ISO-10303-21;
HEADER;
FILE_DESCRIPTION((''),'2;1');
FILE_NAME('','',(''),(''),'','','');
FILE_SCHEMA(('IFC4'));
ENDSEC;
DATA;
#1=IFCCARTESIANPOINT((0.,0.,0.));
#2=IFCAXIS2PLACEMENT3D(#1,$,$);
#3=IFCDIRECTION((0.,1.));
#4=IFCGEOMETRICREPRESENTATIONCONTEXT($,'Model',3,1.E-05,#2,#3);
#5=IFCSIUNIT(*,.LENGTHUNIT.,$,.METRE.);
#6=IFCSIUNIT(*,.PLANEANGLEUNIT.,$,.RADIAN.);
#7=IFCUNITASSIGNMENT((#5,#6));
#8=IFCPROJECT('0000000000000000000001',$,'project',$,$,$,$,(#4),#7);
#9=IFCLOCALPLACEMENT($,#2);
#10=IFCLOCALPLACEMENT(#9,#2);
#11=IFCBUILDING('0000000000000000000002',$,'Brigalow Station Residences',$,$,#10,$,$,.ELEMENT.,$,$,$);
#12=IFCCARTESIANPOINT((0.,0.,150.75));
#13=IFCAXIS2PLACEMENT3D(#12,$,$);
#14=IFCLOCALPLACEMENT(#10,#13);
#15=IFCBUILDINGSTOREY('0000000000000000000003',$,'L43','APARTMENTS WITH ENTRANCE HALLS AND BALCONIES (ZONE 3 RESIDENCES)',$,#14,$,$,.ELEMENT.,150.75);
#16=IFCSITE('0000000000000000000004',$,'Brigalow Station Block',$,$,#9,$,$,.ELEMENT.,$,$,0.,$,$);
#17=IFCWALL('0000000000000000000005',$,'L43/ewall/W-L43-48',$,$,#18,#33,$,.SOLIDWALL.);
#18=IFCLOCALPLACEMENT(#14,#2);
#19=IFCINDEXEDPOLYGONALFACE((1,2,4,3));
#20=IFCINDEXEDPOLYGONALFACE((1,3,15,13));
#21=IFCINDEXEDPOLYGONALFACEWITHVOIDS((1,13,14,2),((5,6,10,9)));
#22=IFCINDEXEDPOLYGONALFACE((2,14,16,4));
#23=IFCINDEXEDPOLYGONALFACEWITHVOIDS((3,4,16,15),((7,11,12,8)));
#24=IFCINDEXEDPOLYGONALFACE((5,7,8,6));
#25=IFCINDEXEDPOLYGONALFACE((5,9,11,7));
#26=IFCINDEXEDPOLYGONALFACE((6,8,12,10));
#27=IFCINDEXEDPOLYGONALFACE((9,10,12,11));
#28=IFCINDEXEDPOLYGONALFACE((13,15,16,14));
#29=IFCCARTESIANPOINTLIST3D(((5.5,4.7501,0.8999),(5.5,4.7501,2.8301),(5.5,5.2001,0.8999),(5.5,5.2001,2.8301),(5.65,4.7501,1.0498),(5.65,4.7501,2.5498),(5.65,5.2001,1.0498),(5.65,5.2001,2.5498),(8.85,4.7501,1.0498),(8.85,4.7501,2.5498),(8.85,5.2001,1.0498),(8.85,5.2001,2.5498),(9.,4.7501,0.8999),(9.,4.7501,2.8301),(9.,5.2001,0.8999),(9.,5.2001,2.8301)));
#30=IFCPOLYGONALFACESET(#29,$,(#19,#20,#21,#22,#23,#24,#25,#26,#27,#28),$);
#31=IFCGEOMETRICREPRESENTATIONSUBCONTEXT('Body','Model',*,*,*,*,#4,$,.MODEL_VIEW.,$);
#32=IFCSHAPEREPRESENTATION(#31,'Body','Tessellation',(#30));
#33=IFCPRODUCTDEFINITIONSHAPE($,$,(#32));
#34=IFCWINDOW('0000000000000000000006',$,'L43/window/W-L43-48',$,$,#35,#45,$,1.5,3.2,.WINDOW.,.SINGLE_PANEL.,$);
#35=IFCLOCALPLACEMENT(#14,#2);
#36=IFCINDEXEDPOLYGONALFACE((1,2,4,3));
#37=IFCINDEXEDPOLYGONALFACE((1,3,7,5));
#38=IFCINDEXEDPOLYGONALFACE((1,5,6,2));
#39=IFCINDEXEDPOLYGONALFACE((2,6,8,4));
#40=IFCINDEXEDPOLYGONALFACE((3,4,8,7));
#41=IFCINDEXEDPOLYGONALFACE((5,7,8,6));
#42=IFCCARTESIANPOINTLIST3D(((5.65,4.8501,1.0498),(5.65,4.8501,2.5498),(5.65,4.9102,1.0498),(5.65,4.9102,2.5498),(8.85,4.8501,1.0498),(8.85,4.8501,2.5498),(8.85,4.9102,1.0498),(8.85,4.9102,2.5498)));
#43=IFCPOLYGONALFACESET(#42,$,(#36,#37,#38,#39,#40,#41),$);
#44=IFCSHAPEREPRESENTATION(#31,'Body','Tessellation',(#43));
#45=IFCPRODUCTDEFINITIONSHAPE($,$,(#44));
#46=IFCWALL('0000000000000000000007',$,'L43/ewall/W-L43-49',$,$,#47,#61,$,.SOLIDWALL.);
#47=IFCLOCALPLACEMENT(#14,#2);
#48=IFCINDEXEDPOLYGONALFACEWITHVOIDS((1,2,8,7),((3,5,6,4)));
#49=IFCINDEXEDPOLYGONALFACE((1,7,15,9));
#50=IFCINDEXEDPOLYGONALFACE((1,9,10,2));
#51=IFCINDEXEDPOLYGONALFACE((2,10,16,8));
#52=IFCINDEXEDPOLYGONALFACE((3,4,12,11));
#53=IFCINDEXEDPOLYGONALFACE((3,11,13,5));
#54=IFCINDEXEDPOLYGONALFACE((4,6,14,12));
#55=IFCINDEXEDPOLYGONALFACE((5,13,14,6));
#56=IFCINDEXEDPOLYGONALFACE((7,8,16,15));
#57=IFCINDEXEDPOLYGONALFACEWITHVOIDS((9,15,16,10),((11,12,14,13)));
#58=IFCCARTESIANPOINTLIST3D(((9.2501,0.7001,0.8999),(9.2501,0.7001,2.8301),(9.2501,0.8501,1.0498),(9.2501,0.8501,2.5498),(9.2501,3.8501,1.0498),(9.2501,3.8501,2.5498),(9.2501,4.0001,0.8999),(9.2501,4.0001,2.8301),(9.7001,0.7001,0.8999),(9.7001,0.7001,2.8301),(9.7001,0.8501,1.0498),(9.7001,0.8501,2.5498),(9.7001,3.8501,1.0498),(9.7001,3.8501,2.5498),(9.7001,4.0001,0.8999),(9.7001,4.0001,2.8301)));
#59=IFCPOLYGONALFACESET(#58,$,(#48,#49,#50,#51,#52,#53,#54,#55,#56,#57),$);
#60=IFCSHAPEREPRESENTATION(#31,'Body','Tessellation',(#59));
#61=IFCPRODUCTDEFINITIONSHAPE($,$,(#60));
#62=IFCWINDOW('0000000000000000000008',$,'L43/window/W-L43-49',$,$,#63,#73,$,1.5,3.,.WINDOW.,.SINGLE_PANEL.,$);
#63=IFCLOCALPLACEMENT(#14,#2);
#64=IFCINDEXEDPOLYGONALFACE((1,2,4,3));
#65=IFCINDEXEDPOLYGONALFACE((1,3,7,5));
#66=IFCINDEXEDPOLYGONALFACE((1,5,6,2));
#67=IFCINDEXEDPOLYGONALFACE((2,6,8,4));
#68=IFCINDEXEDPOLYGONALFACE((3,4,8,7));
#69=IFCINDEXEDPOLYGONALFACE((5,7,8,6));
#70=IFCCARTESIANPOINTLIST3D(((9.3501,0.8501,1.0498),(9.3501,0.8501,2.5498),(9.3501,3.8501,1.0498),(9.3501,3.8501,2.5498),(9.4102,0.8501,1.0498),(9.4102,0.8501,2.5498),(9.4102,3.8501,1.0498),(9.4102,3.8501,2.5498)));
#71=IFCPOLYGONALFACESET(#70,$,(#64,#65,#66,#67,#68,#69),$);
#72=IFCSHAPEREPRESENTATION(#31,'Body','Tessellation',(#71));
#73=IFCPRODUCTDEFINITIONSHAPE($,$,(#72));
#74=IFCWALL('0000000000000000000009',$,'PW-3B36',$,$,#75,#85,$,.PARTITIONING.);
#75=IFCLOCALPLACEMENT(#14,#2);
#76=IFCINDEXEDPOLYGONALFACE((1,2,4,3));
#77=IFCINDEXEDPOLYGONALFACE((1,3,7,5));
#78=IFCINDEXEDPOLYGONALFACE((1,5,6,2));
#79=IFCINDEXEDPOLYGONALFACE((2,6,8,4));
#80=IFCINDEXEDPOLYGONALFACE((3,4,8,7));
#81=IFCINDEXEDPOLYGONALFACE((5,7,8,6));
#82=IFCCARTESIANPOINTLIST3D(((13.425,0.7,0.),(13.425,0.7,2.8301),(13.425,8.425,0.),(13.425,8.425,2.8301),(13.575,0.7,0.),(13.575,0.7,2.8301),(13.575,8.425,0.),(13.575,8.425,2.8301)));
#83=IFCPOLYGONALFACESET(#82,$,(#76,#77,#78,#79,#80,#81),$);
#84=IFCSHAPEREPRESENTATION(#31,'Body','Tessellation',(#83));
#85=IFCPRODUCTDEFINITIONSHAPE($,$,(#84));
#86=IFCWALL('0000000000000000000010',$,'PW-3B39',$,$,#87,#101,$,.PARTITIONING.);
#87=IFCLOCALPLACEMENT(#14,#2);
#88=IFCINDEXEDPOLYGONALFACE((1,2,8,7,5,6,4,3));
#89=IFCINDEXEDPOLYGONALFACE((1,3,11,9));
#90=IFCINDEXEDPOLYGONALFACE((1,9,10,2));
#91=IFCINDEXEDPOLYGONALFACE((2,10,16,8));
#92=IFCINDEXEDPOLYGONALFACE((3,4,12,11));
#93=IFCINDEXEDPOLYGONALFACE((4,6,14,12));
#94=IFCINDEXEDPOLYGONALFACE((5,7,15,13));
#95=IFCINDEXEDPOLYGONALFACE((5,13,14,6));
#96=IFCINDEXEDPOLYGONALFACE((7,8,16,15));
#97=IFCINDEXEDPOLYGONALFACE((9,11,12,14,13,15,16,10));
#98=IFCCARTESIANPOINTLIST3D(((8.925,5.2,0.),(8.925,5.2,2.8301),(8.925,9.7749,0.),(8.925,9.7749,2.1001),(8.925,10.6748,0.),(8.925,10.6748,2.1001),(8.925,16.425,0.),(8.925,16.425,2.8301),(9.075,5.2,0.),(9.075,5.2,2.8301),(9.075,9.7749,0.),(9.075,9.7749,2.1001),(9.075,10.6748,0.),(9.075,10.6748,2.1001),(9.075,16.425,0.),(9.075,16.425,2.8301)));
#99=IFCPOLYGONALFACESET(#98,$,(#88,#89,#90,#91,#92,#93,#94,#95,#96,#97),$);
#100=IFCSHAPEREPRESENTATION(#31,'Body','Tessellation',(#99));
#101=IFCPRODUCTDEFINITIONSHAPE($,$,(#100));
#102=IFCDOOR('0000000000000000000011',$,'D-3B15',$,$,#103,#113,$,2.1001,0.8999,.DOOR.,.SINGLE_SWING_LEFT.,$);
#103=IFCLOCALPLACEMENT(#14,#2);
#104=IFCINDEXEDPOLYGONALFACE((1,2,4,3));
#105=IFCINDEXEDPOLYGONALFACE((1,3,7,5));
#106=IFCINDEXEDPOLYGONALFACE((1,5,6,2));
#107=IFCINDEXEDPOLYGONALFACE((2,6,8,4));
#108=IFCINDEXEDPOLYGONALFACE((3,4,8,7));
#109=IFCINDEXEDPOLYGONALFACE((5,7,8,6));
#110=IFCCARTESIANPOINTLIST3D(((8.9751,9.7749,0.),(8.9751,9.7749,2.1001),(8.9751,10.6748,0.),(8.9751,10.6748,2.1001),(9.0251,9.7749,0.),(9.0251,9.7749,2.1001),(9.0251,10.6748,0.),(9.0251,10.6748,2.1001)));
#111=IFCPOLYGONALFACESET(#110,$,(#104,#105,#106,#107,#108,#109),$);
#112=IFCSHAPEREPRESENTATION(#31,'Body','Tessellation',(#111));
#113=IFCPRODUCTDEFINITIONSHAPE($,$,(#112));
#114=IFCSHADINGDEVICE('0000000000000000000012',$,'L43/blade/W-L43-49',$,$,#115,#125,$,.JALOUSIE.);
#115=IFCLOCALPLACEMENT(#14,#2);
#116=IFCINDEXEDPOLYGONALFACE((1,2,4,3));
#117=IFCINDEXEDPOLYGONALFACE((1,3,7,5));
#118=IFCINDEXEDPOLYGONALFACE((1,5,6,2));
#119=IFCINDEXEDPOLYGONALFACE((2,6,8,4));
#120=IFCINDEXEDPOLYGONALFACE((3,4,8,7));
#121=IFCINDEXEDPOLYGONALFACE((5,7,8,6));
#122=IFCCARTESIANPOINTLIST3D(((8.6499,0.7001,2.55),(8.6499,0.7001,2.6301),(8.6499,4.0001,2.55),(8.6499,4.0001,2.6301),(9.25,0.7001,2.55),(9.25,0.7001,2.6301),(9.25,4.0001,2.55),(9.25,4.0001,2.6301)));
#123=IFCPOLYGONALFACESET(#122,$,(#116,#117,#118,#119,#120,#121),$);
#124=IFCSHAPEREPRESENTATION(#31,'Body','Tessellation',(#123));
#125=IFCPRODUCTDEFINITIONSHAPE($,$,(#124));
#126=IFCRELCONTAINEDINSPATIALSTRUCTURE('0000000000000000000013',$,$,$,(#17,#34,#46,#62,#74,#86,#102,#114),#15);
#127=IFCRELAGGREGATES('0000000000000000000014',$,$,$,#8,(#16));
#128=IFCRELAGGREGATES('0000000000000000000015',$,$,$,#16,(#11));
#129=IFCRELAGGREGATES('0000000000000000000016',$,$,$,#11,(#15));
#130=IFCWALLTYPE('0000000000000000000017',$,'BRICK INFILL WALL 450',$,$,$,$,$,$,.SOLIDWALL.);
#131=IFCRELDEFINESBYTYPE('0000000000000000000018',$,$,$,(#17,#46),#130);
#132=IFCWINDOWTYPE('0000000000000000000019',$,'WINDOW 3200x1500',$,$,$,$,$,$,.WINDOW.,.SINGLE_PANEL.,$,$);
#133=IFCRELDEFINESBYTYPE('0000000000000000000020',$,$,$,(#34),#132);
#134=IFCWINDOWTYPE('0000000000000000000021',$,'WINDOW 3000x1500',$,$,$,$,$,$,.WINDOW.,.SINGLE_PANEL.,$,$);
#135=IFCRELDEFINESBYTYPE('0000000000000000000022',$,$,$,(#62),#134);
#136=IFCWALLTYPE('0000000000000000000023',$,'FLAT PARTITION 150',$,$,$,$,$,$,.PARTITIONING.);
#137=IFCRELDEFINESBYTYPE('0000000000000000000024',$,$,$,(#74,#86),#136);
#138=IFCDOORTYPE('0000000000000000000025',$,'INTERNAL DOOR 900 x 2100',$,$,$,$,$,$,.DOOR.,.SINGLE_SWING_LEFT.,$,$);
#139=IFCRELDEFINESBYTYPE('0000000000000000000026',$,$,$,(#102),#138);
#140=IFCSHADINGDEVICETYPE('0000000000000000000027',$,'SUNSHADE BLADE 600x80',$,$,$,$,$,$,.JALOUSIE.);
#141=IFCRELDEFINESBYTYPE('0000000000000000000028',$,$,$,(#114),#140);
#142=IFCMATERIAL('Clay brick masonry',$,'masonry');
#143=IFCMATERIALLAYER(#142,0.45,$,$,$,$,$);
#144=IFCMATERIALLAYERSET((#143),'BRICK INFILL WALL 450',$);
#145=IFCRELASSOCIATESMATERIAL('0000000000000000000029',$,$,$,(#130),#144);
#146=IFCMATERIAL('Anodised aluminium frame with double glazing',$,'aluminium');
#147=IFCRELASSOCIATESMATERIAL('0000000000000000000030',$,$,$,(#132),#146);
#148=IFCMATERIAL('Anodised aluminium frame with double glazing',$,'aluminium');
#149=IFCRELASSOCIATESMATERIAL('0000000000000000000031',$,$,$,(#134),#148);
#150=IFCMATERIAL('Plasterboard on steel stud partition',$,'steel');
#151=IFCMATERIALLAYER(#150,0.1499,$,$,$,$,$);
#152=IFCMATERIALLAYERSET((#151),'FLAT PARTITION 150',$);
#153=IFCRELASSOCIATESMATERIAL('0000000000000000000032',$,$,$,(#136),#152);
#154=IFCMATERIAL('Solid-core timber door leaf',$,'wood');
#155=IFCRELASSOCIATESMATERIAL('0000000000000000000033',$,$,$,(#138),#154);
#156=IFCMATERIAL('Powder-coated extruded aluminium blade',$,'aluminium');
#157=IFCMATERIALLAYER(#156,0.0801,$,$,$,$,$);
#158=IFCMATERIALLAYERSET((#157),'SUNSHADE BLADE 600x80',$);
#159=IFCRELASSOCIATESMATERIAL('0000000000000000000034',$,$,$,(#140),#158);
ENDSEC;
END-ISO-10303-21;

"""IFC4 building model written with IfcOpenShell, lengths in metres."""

from ifc_helpers import new_model, si_unit, direction, frame, frame_2d, origin, origin_2d, place, context, subcontext, project, spatial, rectangle, extrude, material, layer, layer_set, type_object, element, fill, save


model = new_model("IFC4")

# Units and contexts
model_context = context("Model", 3, precision=1e-05, world=origin(), true_north=direction((0.0, 1.0)))
body_context = subcontext(model_context, "Body", "Model", "MODEL_VIEW")
ifc_project = project(units=[si_unit("LENGTHUNIT", "METRE"), si_unit("PLANEANGLEUNIT", "RADIAN")], contexts=[model_context])

# Site, building, storey
site_placement = place(None, origin())
site = spatial("IfcSite", under=ifc_project, at=site_placement, Name="Brigalow Station Block", CompositionType="ELEMENT", RefElevation=0.0)
building_placement = place(site_placement, origin())
building = spatial("IfcBuilding", under=site, at=building_placement, Name="Brigalow Station Residences", CompositionType="ELEMENT")
storey_placement = place(building_placement, frame((0.0, 0.0, 150.75)))
storey = spatial("IfcBuildingStorey", under=building, at=storey_placement, Name="L43", Description="APARTMENTS WITH ENTRANCE HALLS AND BALCONIES (ZONE 3 RESIDENCES)", CompositionType="ELEMENT", Elevation=150.75)

# Walls, openings, windows
ifc_material_1 = material(Name="Clay brick masonry", Category="masonry")
ifc_layer_1 = layer(ifc_material_1, 0.45)
ifc_layer_set_1 = layer_set([ifc_layer_1], Name="BRICK INFILL WALL 450")
wall_type_1 = type_object("IfcWallType", Name="BRICK INFILL WALL 450", PredefinedType="SOLIDWALL", material=ifc_layer_set_1)
wall_1_placement = place(storey_placement, frame((5.5, 4.9751, 0.8999), z_axis=(0.0, 0.0, 1.0), x_axis=(1.0, 0.0, 0.0)))
wall_1 = element("IfcWall", 1, at=wall_1_placement, inside=storey, type_object=wall_type_1, Name="L43/ewall/W-L43-48", PredefinedType="SOLIDWALL", context=body_context, shape_type="SweptSolid", body=[
    extrude(rectangle(XDim=3.5, YDim=0.45, at=frame_2d((1.75, 0.0))), origin(), (0.0, 0.0, 1.0), 1.9302),
])
opening_1_placement = place(wall_1_placement, frame((0.1499, 0.0, 0.1499)))
opening_1 = element("IfcOpeningElement", 2, at=opening_1_placement, cuts=wall_1, PredefinedType="OPENING", context=body_context, shape_type="SweptSolid", body=[
    extrude(rectangle(XDim=3.2, YDim=1.5, at=frame_2d((1.6001, 0.75))), frame((0.0, 0.2349, 0.0), z_axis=(0.0, -1.0, 0.0), x_axis=(1.0, 0.0, 0.0)), (0.0, 0.0, 1.0), 0.47),
])
ifc_material_2 = material(Name="Anodised aluminium frame with double glazing", Category="aluminium")
window_type_1 = type_object("IfcWindowType", Name="WINDOW 3200x1500", PartitioningType="SINGLE_PANEL", PredefinedType="WINDOW", material=ifc_material_2)
window_1_placement = place(opening_1_placement, origin())
window_1 = element("IfcWindow", 3, at=window_1_placement, inside=storey, type_object=window_type_1, Name="L43/window/W-L43-48", OverallHeight=1.5, OverallWidth=3.2, PartitioningType="SINGLE_PANEL", PredefinedType="WINDOW", context=body_context, shape_type="SweptSolid", body=[
    extrude(rectangle(XDim=3.2, YDim=1.5, at=frame_2d((1.6001, 0.75))), frame((0.0, -0.0649, 0.0), z_axis=(0.0, -1.0, 0.0), x_axis=(1.0, 0.0, 0.0)), (0.0, 0.0, 1.0), 0.0601),
])
fill(opening_1, window_1)
wall_2_placement = place(storey_placement, frame((9.4751, 4.0, 0.8999), z_axis=(0.0, 0.0, 1.0), x_axis=(0.0, -1.0, 0.0)))
wall_2 = element("IfcWall", 4, at=wall_2_placement, inside=storey, type_object=wall_type_1, Name="L43/ewall/W-L43-49", PredefinedType="SOLIDWALL", context=body_context, shape_type="SweptSolid", body=[
    extrude(rectangle(XDim=3.3, YDim=0.45, at=frame_2d((1.6499, 0.0))), origin(), (0.0, 0.0, 1.0), 1.9302),
])
opening_2_placement = place(wall_2_placement, frame((0.1499, 0.0, 0.1499)))
opening_2 = element("IfcOpeningElement", 5, at=opening_2_placement, cuts=wall_2, PredefinedType="OPENING", context=body_context, shape_type="SweptSolid", body=[
    extrude(rectangle(XDim=3.0, YDim=1.5, at=frame_2d((1.5, 0.75))), frame((0.0, 0.2349, 0.0), z_axis=(0.0, -1.0, 0.0), x_axis=(1.0, 0.0, 0.0)), (0.0, 0.0, 1.0), 0.47),
])
ifc_material_3 = material(Name="Anodised aluminium frame with double glazing", Category="aluminium")
window_type_2 = type_object("IfcWindowType", Name="WINDOW 3000x1500", PartitioningType="SINGLE_PANEL", PredefinedType="WINDOW", material=ifc_material_3)
window_2_placement = place(opening_2_placement, origin())
window_2 = element("IfcWindow", 6, at=window_2_placement, inside=storey, type_object=window_type_2, Name="L43/window/W-L43-49", OverallHeight=1.5, OverallWidth=3.0, PartitioningType="SINGLE_PANEL", PredefinedType="WINDOW", context=body_context, shape_type="SweptSolid", body=[
    extrude(rectangle(XDim=3.0, YDim=1.5, at=frame_2d((1.5, 0.75))), frame((0.0, -0.0649, 0.0), z_axis=(0.0, -1.0, 0.0), x_axis=(1.0, 0.0, 0.0)), (0.0, 0.0, 1.0), 0.0601),
])
fill(opening_2, window_2)

# Wall
ifc_material_4 = material(Name="Plasterboard on steel stud partition", Category="steel")
ifc_layer_2 = layer(ifc_material_4, 0.1499)
ifc_layer_set_2 = layer_set([ifc_layer_2], Name="FLAT PARTITION 150")
wall_type_2 = type_object("IfcWallType", Name="FLAT PARTITION 150", PredefinedType="PARTITIONING", material=ifc_layer_set_2)
wall_3_placement = place(storey_placement, frame((13.5, 0.7, 0.0), z_axis=(0.0, 0.0, 1.0), x_axis=(0.0, 1.0, 0.0)))
element("IfcWall", 7, at=wall_3_placement, inside=storey, type_object=wall_type_2, Name="PW-3B36", PredefinedType="PARTITIONING", context=body_context, shape_type="SweptSolid", body=[
    extrude(rectangle(XDim=7.7251, YDim=0.1499, at=frame_2d((3.8625, 0.0))), origin(), (0.0, 0.0, 1.0), 2.8301),
])

# Wall, opening, door
wall_4_placement = place(storey_placement, frame((9.0, 5.2, 0.0), z_axis=(0.0, 0.0, 1.0), x_axis=(0.0, 1.0, 0.0)))
wall_4 = element("IfcWall", 8, at=wall_4_placement, inside=storey, type_object=wall_type_2, Name="PW-3B39", PredefinedType="PARTITIONING", context=body_context, shape_type="SweptSolid", body=[
    extrude(rectangle(XDim=11.2251, YDim=0.1499, at=frame_2d((5.6125, 0.0))), origin(), (0.0, 0.0, 1.0), 2.8301),
])
opening_3_placement = place(wall_4_placement, frame((4.575, 0.0, 0.0)))
opening_3 = element("IfcOpeningElement", 9, at=opening_3_placement, cuts=wall_4, PredefinedType="OPENING", context=body_context, shape_type="SweptSolid", body=[
    extrude(rectangle(XDim=0.8999, YDim=2.1001, at=frame_2d((0.45, 1.05))), frame((0.0, 0.085, 0.0), z_axis=(0.0, -1.0, 0.0), x_axis=(1.0, 0.0, 0.0)), (0.0, 0.0, 1.0), 0.1699),
])
ifc_material_5 = material(Name="Solid-core timber door leaf", Category="wood")
door_type = type_object("IfcDoorType", Name="INTERNAL DOOR 900 x 2100", OperationType="SINGLE_SWING_LEFT", PredefinedType="DOOR", material=ifc_material_5)
door_placement = place(opening_3_placement, origin())
door = element("IfcDoor", 10, at=door_placement, inside=storey, type_object=door_type, Name="D-3B15", OperationType="SINGLE_SWING_LEFT", OverallHeight=2.1001, OverallWidth=0.8999, PredefinedType="DOOR", context=body_context, shape_type="SweptSolid", body=[
    extrude(rectangle(XDim=0.8999, YDim=2.1001, at=frame_2d((0.45, 1.05))), frame((0.0, 0.0249, 0.0), z_axis=(0.0, -1.0, 0.0), x_axis=(1.0, 0.0, 0.0)), (0.0, 0.0, 1.0), 0.05),
])
fill(opening_3, door)

# Shading device
ifc_material_6 = material(Name="Powder-coated extruded aluminium blade", Category="aluminium")
ifc_layer_3 = layer(ifc_material_6, 0.0801)
ifc_layer_set_3 = layer_set([ifc_layer_3], Name="SUNSHADE BLADE 600x80")
shading_device_type = type_object("IfcShadingDeviceType", Name="SUNSHADE BLADE 600x80", PredefinedType="JALOUSIE", material=ifc_layer_set_3)
shading_device_placement = place(storey_placement, frame((8.95, 2.3501, 2.55), z_axis=(0.0, 0.0, 1.0), x_axis=(0.0, -1.0, 0.0)))
element("IfcShadingDevice", 11, at=shading_device_placement, inside=storey, type_object=shading_device_type, Name="L43/blade/W-L43-49", PredefinedType="JALOUSIE", context=body_context, shape_type="SweptSolid", body=[
    extrude(rectangle(XDim=3.3, YDim=0.6001, at=origin_2d()), origin(), (0.0, 0.0, 1.0), 0.0801),
])

save(model, "model.ifc")
